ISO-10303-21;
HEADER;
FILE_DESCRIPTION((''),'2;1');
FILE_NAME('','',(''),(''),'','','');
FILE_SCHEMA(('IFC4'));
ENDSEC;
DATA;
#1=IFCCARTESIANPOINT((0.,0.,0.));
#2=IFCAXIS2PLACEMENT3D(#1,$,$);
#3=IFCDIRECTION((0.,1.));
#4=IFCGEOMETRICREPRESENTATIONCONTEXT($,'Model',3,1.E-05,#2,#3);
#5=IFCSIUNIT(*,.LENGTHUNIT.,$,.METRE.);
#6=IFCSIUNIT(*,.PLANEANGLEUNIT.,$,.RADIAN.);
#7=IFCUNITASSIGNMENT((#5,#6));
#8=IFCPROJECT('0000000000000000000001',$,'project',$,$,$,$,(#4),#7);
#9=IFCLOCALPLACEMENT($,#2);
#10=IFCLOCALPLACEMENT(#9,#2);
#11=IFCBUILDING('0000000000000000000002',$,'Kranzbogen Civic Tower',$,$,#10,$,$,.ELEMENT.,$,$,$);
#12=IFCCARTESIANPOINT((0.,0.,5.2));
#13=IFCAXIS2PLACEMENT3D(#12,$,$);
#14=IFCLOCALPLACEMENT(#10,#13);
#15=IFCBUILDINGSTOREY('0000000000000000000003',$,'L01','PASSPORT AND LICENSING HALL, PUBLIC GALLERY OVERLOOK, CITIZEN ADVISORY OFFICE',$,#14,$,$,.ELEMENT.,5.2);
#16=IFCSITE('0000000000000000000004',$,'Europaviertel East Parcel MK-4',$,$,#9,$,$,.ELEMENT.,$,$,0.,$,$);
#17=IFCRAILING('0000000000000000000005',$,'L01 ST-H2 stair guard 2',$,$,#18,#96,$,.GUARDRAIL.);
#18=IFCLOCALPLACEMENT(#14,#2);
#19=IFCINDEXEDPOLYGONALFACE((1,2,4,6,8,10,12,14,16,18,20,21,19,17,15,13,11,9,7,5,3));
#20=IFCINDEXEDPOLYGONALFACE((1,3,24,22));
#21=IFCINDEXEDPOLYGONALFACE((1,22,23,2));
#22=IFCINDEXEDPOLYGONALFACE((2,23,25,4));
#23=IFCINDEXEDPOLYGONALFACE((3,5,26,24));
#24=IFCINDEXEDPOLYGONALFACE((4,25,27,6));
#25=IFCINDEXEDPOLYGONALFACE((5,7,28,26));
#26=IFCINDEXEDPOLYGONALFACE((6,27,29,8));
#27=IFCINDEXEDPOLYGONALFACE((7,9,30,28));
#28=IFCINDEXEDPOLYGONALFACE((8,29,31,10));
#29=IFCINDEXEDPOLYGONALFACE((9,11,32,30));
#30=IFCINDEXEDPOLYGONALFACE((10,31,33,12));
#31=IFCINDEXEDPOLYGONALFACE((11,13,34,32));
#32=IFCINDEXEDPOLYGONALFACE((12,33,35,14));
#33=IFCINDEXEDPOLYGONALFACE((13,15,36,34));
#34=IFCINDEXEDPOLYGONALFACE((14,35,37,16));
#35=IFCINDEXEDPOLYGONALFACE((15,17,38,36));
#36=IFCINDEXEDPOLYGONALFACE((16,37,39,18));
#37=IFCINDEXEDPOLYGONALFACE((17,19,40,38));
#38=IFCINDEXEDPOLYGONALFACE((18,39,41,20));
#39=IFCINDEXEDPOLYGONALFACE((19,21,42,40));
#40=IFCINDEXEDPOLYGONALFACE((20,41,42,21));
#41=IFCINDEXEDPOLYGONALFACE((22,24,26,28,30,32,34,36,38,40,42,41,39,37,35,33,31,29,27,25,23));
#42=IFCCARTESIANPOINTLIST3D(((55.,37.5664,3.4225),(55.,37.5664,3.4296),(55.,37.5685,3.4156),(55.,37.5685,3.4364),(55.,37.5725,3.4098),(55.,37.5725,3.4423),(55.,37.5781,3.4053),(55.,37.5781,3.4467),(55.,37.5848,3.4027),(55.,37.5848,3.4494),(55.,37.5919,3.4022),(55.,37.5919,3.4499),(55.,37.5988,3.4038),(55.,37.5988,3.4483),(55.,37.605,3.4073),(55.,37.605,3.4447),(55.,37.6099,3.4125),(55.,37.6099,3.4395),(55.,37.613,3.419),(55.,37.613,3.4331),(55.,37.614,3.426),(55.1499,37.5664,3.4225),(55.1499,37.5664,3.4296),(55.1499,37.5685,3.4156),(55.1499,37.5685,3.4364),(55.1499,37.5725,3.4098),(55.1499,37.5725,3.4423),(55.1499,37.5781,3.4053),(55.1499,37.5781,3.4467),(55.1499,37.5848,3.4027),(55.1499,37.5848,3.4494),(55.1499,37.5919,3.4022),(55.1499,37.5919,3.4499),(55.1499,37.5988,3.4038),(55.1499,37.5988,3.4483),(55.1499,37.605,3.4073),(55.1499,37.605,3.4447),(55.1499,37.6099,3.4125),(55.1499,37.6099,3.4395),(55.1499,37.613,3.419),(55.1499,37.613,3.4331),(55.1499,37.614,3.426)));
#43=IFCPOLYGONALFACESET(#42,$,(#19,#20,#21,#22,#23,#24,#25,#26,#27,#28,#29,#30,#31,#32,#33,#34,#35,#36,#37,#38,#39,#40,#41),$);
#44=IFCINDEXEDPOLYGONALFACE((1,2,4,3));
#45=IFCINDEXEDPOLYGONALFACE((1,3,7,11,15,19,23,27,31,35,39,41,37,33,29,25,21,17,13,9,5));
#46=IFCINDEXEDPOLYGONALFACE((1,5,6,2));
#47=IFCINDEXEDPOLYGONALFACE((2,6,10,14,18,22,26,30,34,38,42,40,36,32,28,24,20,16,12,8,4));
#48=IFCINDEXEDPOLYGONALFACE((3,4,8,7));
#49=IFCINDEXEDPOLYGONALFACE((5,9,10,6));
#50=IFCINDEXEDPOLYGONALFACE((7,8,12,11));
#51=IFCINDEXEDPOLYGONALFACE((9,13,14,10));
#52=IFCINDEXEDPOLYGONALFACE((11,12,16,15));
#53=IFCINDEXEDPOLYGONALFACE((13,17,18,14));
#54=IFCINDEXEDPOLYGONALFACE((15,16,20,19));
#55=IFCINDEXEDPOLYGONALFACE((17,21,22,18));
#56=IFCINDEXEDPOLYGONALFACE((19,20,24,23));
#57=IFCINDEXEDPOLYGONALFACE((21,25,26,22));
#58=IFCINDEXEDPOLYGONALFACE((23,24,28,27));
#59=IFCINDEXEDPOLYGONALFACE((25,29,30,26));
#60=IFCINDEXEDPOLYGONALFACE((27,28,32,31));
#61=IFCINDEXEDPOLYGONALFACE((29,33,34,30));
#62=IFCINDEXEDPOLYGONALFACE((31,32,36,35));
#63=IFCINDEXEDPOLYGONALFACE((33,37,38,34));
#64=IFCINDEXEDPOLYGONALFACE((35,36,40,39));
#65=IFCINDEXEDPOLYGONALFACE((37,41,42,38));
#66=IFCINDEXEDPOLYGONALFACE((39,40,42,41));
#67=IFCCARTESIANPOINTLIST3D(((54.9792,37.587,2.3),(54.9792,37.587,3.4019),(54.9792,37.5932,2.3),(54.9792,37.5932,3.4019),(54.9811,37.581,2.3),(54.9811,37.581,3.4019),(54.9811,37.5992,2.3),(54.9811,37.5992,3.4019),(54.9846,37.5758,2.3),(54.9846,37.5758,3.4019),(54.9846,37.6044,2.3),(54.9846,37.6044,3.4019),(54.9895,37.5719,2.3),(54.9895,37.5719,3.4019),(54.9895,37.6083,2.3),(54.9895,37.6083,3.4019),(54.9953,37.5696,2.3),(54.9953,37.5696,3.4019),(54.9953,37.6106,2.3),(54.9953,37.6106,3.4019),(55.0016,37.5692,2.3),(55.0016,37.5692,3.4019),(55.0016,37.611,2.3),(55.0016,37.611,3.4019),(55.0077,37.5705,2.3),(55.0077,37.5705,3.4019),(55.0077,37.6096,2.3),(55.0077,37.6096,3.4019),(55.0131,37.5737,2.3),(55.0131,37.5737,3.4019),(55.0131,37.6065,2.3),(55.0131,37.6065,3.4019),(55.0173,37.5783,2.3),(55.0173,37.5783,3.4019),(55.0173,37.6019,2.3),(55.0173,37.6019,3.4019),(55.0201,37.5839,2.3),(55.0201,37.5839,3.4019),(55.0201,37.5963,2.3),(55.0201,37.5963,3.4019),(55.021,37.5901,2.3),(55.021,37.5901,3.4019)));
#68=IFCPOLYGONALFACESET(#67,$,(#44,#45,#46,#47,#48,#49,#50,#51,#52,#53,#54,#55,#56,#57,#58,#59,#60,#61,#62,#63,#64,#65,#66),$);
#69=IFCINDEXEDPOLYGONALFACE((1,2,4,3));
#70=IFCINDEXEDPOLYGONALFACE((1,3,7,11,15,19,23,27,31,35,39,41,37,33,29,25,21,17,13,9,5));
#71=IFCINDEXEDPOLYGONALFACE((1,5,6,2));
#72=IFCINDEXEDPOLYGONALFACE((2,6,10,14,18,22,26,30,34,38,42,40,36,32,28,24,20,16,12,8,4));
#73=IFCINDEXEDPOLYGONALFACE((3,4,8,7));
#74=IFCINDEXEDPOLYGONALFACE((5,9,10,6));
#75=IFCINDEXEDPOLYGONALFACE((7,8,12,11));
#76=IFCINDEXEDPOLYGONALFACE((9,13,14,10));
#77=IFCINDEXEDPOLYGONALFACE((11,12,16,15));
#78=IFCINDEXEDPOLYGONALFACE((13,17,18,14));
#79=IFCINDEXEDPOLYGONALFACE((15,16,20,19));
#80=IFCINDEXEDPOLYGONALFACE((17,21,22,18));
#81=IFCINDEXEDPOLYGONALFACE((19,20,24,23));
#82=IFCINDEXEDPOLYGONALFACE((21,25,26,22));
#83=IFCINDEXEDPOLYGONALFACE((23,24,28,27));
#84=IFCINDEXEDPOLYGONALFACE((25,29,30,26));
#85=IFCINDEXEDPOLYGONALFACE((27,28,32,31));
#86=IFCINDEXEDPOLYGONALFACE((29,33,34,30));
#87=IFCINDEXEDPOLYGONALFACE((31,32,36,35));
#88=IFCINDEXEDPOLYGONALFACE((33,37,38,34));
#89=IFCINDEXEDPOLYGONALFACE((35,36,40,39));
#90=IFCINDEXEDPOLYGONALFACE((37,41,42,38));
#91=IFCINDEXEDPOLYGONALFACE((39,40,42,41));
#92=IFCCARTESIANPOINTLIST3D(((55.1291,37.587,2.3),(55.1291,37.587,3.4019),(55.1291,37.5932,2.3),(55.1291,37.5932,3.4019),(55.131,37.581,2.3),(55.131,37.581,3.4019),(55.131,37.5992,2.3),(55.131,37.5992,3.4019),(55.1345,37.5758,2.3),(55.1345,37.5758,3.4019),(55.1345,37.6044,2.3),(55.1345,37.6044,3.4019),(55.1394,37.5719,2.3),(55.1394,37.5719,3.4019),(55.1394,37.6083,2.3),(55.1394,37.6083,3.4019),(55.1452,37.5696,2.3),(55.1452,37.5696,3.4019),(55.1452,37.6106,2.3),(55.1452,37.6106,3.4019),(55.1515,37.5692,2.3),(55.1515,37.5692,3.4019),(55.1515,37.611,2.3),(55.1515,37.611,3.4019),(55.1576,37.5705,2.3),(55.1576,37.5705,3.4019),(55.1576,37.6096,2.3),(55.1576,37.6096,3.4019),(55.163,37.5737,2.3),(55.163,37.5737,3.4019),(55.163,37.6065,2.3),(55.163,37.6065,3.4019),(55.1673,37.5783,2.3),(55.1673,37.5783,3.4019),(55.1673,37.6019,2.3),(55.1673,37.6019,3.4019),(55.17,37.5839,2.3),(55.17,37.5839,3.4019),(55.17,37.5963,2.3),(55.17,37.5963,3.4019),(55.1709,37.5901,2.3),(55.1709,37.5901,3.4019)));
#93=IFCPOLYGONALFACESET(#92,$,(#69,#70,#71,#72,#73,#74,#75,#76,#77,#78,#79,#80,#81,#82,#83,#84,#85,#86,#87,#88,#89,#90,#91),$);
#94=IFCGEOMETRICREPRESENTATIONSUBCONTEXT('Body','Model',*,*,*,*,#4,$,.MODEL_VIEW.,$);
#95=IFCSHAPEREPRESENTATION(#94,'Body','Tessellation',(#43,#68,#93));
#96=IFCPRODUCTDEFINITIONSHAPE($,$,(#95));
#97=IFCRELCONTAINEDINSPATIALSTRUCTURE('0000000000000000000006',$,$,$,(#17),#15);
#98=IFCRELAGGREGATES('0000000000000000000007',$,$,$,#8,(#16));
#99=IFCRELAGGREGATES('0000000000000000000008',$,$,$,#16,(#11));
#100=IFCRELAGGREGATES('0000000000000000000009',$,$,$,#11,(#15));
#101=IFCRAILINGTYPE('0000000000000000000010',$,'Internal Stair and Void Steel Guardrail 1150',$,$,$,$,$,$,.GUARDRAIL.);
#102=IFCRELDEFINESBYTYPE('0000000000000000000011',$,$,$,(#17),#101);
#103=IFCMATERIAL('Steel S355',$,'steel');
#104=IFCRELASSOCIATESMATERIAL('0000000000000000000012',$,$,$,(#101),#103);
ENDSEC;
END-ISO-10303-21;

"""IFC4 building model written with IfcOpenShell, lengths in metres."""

from ifc_helpers import new_model, si_unit, direction, frame, origin, origin_2d, place, context, subcontext, project, spatial, circle, extrude, material, type_object, element, save


model = new_model("IFC4")

# Units and contexts
model_context = context("Model", 3, precision=1e-05, world=origin(), true_north=direction((0.0, 1.0)))
body_context = subcontext(model_context, "Body", "Model", "MODEL_VIEW")
ifc_project = project(units=[si_unit("LENGTHUNIT", "METRE"), si_unit("PLANEANGLEUNIT", "RADIAN")], contexts=[model_context])

# Site, building, storey
site_placement = place(None, origin())
site = spatial("IfcSite", under=ifc_project, at=site_placement, Name="Europaviertel East Parcel MK-4", CompositionType="ELEMENT", RefElevation=0.0)
building_placement = place(site_placement, origin())
building = spatial("IfcBuilding", under=site, at=building_placement, Name="Kranzbogen Civic Tower", CompositionType="ELEMENT")
storey_placement = place(building_placement, frame((0.0, 0.0, 5.2)))
storey = spatial("IfcBuildingStorey", under=building, at=storey_placement, Name="L01", Description="PASSPORT AND LICENSING HALL, PUBLIC GALLERY OVERLOOK, CITIZEN ADVISORY OFFICE", CompositionType="ELEMENT", Elevation=5.2)

# Shared definitions
ifc_material_1 = material(Name="Steel S355", Category="steel")

# Railing
railing_type_1 = type_object("IfcRailingType", Name="Internal Stair and Void Steel Guardrail 1150", PredefinedType="GUARDRAIL", material=ifc_material_1)
railing_1_placement = place(storey_placement, frame((55.0, 37.5901, 2.3)))
element("IfcRailing", 1, at=railing_1_placement, inside=storey, type_object=railing_type_1, Name="L01 ST-H2 stair guard 2", PredefinedType="GUARDRAIL", context=body_context, shape_type="SweptSolid", body=[
    extrude(circle(Radius=0.0239, at=origin_2d()), frame((0.0, 0.0, 1.126), z_axis=(1.0, 0.0, 0.0), x_axis=(0.0, 1.0, 0.0)), (0.0, 0.0, 1.0), 0.1499),
    extrude(circle(Radius=0.021, at=origin_2d()), origin(), (0.0, 0.0, 1.0), 1.1018),
    extrude(circle(Radius=0.021, at=origin_2d()), frame((0.1499, 0.0, 0.0)), (0.0, 0.0, 1.0), 1.1018),
])

save(model, "model.ifc")
